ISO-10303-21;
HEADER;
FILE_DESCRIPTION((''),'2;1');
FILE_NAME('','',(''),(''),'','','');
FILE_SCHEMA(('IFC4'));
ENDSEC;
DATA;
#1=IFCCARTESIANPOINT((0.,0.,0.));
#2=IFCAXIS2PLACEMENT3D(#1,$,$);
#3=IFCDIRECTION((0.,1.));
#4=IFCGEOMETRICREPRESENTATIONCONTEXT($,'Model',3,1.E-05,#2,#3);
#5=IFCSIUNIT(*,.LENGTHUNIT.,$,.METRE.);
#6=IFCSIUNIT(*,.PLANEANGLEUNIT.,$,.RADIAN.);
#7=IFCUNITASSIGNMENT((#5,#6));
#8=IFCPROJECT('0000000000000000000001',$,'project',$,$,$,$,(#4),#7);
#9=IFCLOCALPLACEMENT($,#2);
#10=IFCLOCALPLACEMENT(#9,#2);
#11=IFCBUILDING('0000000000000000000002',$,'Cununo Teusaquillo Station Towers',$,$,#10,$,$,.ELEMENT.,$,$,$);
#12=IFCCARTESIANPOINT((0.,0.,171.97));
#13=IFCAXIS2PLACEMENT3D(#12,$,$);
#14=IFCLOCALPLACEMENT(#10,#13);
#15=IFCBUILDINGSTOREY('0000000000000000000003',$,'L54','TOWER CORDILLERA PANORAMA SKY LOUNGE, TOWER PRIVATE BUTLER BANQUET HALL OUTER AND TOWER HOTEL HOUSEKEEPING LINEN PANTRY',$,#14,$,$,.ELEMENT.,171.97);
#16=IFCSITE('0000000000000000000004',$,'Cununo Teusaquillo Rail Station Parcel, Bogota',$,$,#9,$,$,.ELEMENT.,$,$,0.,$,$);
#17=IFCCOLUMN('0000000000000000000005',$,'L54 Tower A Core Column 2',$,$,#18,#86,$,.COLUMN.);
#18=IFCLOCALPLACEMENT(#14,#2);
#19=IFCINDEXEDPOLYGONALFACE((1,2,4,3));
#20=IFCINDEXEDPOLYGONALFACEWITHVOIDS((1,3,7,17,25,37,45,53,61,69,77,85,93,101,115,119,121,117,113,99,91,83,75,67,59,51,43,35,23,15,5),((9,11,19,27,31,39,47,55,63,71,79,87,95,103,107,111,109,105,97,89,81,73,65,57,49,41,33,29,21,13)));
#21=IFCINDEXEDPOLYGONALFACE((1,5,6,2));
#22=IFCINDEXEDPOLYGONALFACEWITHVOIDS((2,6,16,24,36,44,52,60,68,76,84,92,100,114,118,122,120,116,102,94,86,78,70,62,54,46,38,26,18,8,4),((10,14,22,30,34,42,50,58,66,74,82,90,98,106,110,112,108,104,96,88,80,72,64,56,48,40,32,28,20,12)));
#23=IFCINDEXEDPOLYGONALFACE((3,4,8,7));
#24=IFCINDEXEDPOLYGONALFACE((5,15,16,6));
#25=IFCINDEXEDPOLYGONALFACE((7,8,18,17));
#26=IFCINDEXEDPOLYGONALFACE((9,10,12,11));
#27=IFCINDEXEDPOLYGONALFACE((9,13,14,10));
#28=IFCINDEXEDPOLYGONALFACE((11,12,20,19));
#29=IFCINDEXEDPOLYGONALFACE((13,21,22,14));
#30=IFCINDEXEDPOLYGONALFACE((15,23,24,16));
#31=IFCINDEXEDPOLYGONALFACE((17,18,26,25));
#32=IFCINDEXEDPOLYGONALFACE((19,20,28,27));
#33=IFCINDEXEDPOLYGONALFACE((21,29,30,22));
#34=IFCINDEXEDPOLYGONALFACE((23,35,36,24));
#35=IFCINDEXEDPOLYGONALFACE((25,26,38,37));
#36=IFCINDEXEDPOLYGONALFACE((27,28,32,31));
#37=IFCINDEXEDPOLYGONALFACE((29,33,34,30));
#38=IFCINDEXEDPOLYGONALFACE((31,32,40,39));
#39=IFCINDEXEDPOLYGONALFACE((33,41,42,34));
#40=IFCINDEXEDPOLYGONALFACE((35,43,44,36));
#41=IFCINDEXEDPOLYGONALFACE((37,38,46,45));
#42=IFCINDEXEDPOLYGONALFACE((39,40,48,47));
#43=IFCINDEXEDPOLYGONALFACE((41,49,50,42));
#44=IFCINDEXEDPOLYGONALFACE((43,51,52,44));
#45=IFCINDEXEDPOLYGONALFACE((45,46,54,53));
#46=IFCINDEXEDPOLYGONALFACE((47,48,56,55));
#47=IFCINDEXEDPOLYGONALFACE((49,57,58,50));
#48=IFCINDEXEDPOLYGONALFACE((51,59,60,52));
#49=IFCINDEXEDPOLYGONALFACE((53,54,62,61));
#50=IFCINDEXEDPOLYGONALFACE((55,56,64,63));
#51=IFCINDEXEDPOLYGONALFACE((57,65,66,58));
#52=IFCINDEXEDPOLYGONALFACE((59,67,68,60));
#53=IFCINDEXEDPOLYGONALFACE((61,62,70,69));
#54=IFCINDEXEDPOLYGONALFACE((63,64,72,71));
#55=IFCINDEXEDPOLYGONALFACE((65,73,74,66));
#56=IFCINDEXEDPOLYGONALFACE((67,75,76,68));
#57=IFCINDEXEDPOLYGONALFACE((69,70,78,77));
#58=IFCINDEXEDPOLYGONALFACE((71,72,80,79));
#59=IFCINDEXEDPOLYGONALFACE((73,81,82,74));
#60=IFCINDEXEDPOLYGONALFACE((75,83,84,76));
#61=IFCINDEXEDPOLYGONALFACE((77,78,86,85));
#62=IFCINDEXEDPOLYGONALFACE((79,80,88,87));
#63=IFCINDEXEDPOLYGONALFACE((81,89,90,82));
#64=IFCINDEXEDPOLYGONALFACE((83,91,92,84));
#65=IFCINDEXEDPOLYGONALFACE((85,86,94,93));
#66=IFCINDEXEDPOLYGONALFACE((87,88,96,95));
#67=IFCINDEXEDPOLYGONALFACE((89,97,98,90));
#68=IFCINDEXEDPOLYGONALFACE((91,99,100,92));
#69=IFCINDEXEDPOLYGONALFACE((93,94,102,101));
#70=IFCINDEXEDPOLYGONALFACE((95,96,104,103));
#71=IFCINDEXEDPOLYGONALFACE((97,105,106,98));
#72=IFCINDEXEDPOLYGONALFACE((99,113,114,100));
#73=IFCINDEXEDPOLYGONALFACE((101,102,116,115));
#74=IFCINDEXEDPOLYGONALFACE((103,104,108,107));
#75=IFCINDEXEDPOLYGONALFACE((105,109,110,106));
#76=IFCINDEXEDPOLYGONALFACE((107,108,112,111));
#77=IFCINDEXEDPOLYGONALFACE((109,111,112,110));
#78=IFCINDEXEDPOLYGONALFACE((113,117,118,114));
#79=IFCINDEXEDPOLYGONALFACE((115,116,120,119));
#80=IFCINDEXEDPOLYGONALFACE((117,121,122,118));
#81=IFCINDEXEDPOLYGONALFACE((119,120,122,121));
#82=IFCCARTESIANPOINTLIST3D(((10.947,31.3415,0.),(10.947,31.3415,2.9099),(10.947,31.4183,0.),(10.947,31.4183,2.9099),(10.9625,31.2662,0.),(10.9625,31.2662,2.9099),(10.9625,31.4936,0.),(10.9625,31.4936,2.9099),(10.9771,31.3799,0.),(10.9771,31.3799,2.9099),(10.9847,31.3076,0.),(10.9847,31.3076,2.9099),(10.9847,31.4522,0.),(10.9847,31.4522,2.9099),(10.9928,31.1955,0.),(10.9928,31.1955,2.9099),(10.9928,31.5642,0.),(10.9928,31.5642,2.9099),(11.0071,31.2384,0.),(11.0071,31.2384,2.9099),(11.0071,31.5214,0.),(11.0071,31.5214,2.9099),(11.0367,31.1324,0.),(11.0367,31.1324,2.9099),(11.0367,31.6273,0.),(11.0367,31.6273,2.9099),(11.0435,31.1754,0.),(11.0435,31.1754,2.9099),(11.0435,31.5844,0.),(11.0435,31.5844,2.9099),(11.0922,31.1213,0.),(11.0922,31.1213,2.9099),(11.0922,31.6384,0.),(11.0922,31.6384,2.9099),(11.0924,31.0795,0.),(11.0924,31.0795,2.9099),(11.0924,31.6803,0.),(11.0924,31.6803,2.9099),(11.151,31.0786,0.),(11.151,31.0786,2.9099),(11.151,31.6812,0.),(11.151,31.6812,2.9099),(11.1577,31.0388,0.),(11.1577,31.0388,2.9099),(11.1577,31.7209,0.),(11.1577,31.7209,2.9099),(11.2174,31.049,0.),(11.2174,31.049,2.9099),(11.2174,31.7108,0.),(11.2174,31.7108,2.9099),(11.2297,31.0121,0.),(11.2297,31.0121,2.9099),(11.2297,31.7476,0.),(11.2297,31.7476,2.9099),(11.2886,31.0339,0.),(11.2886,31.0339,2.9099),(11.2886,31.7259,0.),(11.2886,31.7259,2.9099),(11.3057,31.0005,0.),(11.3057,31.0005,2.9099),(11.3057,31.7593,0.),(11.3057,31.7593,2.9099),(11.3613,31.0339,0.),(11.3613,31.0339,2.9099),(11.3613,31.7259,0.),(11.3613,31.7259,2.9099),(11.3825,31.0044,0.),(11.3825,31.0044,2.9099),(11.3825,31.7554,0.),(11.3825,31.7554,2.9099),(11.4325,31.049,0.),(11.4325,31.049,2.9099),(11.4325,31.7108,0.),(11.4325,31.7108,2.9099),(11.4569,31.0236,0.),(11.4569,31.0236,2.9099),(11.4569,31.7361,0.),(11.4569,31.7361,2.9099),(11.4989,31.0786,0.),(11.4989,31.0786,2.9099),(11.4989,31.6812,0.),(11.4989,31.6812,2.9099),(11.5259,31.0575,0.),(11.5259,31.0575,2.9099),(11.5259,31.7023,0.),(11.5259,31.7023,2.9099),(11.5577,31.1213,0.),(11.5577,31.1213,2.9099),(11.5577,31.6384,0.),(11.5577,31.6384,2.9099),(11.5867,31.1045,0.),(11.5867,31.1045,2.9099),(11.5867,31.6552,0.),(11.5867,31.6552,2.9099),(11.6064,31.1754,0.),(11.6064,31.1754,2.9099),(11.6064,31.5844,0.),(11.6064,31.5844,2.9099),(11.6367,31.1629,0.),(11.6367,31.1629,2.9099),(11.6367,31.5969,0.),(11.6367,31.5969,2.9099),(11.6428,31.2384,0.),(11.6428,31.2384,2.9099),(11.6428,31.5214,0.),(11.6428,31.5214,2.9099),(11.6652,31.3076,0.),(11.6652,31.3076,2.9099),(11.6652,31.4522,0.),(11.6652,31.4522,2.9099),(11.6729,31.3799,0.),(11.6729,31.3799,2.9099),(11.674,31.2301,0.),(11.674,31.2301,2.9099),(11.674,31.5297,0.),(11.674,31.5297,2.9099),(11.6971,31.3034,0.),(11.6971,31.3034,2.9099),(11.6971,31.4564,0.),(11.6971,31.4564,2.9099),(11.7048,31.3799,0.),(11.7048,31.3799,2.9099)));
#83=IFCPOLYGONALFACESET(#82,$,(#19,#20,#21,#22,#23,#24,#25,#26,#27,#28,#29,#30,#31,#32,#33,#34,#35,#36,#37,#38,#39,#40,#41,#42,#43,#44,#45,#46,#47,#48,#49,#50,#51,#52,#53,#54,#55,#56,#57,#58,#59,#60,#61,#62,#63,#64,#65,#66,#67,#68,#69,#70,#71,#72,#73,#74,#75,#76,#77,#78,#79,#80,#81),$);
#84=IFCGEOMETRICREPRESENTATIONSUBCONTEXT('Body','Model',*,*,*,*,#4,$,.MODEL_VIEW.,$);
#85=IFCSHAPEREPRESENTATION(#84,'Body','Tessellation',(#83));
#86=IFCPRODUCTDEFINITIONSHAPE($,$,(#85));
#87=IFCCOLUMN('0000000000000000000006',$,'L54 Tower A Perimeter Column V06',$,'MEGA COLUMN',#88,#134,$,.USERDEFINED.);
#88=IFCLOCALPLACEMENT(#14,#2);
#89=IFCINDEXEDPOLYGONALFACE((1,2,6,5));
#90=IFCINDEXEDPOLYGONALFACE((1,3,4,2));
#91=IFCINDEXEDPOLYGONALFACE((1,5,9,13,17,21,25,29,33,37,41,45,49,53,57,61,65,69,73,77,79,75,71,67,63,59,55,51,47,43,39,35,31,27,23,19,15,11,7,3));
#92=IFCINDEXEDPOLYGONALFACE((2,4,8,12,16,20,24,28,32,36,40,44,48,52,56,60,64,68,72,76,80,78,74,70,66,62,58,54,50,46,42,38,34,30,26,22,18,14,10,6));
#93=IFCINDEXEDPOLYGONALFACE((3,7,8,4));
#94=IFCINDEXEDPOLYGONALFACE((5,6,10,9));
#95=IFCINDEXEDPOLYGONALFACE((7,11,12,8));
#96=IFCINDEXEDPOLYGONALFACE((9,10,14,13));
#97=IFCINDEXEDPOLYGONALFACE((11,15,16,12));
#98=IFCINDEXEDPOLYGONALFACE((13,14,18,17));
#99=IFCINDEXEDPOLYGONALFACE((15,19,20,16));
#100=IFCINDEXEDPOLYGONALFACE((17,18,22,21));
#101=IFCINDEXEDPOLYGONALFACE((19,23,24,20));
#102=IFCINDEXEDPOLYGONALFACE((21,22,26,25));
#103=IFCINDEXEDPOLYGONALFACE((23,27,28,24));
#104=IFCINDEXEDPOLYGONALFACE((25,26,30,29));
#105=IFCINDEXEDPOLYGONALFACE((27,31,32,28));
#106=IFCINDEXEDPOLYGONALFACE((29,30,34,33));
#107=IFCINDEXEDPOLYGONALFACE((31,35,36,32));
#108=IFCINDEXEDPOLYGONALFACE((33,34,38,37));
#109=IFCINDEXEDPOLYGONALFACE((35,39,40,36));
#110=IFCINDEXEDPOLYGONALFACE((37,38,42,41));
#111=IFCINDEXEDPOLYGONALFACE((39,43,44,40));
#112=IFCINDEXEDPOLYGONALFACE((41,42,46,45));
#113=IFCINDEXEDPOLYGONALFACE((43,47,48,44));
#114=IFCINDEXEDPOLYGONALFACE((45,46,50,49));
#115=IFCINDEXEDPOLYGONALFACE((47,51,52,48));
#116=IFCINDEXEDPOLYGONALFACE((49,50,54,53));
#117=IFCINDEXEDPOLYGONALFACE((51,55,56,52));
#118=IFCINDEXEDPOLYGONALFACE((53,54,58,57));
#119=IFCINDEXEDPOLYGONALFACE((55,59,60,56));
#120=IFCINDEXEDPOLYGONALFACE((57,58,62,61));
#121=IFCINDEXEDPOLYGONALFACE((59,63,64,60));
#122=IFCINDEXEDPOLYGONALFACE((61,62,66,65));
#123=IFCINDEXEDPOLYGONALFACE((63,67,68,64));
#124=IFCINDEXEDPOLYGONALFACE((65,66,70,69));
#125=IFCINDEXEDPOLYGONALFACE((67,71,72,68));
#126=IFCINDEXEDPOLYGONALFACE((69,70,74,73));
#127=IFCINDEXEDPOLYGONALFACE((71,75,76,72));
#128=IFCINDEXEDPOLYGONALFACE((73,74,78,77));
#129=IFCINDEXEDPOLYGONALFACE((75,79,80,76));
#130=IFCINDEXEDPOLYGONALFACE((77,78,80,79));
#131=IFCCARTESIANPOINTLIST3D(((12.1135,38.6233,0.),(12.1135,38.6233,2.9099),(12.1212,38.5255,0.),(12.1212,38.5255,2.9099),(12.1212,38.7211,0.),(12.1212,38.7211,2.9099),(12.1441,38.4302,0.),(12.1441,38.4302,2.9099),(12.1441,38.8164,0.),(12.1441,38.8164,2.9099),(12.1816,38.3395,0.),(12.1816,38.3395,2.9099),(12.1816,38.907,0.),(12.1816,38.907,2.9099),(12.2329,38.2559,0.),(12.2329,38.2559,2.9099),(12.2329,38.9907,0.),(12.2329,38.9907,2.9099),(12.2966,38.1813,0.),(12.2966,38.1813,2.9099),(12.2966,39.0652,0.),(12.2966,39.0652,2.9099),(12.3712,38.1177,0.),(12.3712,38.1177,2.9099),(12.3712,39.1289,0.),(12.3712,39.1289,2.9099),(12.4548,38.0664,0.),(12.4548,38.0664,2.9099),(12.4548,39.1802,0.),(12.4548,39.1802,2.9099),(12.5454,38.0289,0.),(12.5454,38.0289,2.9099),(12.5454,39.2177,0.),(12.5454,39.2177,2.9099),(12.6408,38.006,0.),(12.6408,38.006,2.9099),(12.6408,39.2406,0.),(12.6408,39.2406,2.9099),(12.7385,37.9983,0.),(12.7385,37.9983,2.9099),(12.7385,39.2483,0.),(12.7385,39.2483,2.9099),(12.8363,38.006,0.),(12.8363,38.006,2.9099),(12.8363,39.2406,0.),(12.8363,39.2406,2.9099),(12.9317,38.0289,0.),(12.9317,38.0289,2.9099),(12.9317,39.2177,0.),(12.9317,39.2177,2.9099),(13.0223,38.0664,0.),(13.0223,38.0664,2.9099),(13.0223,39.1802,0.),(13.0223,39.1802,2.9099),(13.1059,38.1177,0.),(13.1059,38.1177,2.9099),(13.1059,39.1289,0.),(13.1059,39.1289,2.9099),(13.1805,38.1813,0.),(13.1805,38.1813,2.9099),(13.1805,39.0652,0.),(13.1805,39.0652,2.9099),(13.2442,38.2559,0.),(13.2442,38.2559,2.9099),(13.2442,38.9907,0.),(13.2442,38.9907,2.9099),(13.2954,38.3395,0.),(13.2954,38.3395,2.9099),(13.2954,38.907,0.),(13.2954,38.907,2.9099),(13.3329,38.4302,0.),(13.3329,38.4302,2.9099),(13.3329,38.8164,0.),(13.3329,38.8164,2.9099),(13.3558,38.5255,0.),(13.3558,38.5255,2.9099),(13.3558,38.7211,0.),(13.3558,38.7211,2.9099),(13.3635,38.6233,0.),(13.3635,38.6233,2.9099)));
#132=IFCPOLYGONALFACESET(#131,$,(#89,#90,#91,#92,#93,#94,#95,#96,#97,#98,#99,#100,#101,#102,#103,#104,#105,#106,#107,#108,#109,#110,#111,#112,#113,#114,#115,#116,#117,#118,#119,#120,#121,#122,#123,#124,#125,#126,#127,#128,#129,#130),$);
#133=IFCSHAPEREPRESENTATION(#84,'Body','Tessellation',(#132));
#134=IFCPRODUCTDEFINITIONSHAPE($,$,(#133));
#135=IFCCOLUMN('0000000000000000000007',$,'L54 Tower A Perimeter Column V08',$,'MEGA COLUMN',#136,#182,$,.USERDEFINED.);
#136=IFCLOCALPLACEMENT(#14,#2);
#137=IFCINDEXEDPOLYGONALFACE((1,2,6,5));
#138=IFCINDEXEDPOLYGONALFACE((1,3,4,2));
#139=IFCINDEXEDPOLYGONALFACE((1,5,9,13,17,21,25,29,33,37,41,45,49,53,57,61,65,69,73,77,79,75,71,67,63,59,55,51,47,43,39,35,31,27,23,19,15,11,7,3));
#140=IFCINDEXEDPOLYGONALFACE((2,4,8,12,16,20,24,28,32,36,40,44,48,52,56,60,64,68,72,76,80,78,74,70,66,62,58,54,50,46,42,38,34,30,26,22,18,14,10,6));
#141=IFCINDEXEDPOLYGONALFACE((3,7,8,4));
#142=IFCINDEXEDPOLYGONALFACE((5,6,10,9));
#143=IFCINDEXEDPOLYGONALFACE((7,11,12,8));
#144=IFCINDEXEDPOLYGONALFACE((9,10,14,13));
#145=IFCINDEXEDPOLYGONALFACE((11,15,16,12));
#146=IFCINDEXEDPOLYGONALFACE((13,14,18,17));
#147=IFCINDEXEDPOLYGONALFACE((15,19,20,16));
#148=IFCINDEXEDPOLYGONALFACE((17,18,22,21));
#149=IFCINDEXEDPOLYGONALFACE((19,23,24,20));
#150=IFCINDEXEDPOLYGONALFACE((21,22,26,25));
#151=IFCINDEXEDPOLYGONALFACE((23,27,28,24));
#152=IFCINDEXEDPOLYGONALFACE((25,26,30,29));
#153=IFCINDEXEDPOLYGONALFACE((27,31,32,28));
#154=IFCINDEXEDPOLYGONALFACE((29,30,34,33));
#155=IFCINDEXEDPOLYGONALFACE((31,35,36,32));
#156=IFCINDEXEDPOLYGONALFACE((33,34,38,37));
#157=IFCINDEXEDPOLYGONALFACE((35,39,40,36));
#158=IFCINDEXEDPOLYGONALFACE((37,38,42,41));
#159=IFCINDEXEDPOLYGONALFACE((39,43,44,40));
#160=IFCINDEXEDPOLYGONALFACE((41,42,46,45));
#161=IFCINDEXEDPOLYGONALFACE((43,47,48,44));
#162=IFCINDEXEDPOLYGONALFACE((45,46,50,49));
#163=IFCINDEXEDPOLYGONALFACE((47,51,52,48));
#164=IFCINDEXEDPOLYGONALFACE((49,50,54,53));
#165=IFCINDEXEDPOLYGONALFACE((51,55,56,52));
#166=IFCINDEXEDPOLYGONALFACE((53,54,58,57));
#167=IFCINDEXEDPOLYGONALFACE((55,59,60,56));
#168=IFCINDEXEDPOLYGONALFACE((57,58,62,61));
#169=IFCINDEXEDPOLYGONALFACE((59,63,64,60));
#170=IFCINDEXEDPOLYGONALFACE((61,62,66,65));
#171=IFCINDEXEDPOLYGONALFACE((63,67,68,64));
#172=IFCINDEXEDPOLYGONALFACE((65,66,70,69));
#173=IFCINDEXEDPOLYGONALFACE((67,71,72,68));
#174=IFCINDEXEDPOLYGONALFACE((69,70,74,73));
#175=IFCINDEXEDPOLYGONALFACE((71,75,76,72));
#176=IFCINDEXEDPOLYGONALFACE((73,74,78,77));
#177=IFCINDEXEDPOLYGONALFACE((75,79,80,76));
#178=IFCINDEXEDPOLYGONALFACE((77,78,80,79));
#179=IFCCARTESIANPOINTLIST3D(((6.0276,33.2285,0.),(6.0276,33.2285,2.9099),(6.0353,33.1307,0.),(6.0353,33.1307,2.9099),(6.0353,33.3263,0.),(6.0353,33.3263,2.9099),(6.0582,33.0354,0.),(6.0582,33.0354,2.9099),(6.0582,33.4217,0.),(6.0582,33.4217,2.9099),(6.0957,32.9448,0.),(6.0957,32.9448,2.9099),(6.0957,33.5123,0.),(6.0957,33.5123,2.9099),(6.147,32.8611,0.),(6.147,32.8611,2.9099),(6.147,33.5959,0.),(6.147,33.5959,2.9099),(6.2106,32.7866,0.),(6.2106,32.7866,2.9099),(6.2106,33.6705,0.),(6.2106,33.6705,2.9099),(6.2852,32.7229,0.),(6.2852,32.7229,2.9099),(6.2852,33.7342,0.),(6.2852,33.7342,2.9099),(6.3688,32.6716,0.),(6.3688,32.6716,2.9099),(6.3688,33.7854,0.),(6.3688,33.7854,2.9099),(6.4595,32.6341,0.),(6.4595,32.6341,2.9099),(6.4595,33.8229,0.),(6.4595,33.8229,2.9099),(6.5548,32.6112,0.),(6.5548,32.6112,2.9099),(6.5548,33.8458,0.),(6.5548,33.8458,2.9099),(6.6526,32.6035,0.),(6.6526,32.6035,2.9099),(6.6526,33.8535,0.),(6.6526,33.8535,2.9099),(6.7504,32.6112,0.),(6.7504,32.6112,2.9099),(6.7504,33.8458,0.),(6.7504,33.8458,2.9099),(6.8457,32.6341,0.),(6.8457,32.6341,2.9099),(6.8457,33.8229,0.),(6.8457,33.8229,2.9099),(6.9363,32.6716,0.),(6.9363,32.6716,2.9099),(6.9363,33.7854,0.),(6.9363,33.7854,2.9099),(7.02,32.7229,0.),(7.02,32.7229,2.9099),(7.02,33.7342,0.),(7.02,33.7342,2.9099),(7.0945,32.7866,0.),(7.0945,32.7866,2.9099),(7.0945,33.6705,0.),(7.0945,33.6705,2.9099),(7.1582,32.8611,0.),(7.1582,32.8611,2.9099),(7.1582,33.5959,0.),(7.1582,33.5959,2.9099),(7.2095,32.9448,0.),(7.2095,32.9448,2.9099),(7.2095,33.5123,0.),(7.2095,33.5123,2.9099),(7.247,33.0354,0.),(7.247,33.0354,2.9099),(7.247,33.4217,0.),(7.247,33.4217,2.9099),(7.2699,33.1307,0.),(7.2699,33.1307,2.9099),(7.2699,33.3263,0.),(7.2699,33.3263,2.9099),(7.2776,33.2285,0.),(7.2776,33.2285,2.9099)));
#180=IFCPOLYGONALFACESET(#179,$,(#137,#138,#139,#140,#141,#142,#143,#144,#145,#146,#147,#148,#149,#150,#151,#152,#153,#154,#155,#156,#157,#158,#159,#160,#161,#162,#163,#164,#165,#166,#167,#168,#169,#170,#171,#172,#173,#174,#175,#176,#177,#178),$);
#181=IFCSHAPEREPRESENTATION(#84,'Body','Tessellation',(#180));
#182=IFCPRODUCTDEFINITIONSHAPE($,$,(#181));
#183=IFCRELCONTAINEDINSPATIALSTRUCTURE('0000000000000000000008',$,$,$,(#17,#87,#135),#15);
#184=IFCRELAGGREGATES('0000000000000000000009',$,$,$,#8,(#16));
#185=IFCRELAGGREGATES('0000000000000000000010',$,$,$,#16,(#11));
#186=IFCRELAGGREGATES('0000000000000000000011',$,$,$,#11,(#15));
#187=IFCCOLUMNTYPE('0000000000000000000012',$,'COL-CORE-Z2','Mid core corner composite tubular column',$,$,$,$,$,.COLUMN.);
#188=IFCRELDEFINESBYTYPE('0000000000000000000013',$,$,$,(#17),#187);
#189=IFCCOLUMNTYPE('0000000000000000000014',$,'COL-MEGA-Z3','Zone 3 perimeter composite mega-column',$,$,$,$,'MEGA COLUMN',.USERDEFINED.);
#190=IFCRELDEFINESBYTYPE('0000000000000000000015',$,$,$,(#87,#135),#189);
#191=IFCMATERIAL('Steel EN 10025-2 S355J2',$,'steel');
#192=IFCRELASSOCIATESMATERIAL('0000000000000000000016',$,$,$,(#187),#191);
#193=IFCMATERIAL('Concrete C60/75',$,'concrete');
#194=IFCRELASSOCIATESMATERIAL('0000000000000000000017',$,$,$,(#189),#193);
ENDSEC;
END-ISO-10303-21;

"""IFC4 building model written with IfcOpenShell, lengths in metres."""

from ifc_helpers import new_model, si_unit, direction, frame, origin, origin_2d, place, context, subcontext, project, spatial, circle, hollow_circle, extrude, material, material_profile, profile_set, type_object, element, save


model = new_model("IFC4")

# Units and contexts
model_context = context("Model", 3, precision=1e-05, world=origin(), true_north=direction((0.0, 1.0)))
body_context = subcontext(model_context, "Body", "Model", "MODEL_VIEW")
ifc_project = project(units=[si_unit("LENGTHUNIT", "METRE"), si_unit("PLANEANGLEUNIT", "RADIAN")], contexts=[model_context])

# Site, building, storey
site_placement = place(None, origin())
site = spatial("IfcSite", under=ifc_project, at=site_placement, Name="Cununo Teusaquillo Rail Station Parcel, Bogota", CompositionType="ELEMENT", RefElevation=0.0)
building_placement = place(site_placement, origin())
building = spatial("IfcBuilding", under=site, at=building_placement, Name="Cununo Teusaquillo Station Towers", CompositionType="ELEMENT")
storey_placement = place(building_placement, frame((0.0, 0.0, 171.97)))
storey = spatial("IfcBuildingStorey", under=building, at=storey_placement, Name="L54", Description="TOWER CORDILLERA PANORAMA SKY LOUNGE, TOWER PRIVATE BUTLER BANQUET HALL OUTER AND TOWER HOTEL HOUSEKEEPING LINEN PANTRY", CompositionType="ELEMENT", Elevation=171.97)

# Columns
ifc_material_1 = material(Name="Steel EN 10025-2 S355J2", Category="steel")
ifc_material_profile_1 = material_profile(ifc_material_1, hollow_circle(Radius=0.3799, WallThickness=0.032, at=origin_2d()), Name="CHS 760x32")
ifc_profile_set_1 = profile_set([ifc_material_profile_1], Name="Steel EN 10025-2 S355J2")
column_type_1 = type_object("IfcColumnType", Name="COL-CORE-Z2", Description="Mid core corner composite tubular column", PredefinedType="COLUMN", material=ifc_profile_set_1)
column_placement = place(storey_placement, frame((11.325, 31.3799, 0.0), z_axis=(0.0, 0.0, 1.0), x_axis=(1.0, 0.0, 0.0)))
element("IfcColumn", 1, at=column_placement, inside=storey, type_object=column_type_1, Name="L54 Tower A Core Column 2", PredefinedType="COLUMN", context=body_context, shape_type="SweptSolid", body=[
    extrude(hollow_circle(Radius=0.3799, WallThickness=0.032, at=origin_2d()), origin(), (0.0, 0.0, 1.0), 2.9099),
])
ifc_material_2 = material(Name="Concrete C60/75", Category="concrete")
ifc_material_profile_2 = material_profile(ifc_material_2, circle(Radius=0.625, at=origin_2d()), Name="RC-CIRC-1250")
ifc_profile_set_2 = profile_set([ifc_material_profile_2], Name="Concrete C60/75")
column_type_2 = type_object("IfcColumnType", Name="COL-MEGA-Z3", Description="Zone 3 perimeter composite mega-column", ElementType="MEGA COLUMN", PredefinedType="USERDEFINED", material=ifc_profile_set_2)
for number, where, z_axis, x_axis, name in (
    (2, (12.7385, 38.6233, 0.0), (0.0, 0.0, 1.0), (1.0, 0.0, 0.0), "L54 Tower A Perimeter Column V06"),
    (3, (6.6526, 33.2285, 0.0), (0.0, 0.0, 1.0), (1.0, 0.0, 0.0), "L54 Tower A Perimeter Column V08"),
):
    element("IfcColumn", number, at=place(storey_placement, frame(where, z_axis=z_axis, x_axis=x_axis)), inside=storey, type_object=column_type_2, Name=name, ObjectType="MEGA COLUMN", PredefinedType="USERDEFINED", context=body_context, shape_type="SweptSolid", body=[
        extrude(circle(Radius=0.625, at=origin_2d()), origin(), (0.0, 0.0, 1.0), 2.9099),
    ])

save(model, "model.ifc")
